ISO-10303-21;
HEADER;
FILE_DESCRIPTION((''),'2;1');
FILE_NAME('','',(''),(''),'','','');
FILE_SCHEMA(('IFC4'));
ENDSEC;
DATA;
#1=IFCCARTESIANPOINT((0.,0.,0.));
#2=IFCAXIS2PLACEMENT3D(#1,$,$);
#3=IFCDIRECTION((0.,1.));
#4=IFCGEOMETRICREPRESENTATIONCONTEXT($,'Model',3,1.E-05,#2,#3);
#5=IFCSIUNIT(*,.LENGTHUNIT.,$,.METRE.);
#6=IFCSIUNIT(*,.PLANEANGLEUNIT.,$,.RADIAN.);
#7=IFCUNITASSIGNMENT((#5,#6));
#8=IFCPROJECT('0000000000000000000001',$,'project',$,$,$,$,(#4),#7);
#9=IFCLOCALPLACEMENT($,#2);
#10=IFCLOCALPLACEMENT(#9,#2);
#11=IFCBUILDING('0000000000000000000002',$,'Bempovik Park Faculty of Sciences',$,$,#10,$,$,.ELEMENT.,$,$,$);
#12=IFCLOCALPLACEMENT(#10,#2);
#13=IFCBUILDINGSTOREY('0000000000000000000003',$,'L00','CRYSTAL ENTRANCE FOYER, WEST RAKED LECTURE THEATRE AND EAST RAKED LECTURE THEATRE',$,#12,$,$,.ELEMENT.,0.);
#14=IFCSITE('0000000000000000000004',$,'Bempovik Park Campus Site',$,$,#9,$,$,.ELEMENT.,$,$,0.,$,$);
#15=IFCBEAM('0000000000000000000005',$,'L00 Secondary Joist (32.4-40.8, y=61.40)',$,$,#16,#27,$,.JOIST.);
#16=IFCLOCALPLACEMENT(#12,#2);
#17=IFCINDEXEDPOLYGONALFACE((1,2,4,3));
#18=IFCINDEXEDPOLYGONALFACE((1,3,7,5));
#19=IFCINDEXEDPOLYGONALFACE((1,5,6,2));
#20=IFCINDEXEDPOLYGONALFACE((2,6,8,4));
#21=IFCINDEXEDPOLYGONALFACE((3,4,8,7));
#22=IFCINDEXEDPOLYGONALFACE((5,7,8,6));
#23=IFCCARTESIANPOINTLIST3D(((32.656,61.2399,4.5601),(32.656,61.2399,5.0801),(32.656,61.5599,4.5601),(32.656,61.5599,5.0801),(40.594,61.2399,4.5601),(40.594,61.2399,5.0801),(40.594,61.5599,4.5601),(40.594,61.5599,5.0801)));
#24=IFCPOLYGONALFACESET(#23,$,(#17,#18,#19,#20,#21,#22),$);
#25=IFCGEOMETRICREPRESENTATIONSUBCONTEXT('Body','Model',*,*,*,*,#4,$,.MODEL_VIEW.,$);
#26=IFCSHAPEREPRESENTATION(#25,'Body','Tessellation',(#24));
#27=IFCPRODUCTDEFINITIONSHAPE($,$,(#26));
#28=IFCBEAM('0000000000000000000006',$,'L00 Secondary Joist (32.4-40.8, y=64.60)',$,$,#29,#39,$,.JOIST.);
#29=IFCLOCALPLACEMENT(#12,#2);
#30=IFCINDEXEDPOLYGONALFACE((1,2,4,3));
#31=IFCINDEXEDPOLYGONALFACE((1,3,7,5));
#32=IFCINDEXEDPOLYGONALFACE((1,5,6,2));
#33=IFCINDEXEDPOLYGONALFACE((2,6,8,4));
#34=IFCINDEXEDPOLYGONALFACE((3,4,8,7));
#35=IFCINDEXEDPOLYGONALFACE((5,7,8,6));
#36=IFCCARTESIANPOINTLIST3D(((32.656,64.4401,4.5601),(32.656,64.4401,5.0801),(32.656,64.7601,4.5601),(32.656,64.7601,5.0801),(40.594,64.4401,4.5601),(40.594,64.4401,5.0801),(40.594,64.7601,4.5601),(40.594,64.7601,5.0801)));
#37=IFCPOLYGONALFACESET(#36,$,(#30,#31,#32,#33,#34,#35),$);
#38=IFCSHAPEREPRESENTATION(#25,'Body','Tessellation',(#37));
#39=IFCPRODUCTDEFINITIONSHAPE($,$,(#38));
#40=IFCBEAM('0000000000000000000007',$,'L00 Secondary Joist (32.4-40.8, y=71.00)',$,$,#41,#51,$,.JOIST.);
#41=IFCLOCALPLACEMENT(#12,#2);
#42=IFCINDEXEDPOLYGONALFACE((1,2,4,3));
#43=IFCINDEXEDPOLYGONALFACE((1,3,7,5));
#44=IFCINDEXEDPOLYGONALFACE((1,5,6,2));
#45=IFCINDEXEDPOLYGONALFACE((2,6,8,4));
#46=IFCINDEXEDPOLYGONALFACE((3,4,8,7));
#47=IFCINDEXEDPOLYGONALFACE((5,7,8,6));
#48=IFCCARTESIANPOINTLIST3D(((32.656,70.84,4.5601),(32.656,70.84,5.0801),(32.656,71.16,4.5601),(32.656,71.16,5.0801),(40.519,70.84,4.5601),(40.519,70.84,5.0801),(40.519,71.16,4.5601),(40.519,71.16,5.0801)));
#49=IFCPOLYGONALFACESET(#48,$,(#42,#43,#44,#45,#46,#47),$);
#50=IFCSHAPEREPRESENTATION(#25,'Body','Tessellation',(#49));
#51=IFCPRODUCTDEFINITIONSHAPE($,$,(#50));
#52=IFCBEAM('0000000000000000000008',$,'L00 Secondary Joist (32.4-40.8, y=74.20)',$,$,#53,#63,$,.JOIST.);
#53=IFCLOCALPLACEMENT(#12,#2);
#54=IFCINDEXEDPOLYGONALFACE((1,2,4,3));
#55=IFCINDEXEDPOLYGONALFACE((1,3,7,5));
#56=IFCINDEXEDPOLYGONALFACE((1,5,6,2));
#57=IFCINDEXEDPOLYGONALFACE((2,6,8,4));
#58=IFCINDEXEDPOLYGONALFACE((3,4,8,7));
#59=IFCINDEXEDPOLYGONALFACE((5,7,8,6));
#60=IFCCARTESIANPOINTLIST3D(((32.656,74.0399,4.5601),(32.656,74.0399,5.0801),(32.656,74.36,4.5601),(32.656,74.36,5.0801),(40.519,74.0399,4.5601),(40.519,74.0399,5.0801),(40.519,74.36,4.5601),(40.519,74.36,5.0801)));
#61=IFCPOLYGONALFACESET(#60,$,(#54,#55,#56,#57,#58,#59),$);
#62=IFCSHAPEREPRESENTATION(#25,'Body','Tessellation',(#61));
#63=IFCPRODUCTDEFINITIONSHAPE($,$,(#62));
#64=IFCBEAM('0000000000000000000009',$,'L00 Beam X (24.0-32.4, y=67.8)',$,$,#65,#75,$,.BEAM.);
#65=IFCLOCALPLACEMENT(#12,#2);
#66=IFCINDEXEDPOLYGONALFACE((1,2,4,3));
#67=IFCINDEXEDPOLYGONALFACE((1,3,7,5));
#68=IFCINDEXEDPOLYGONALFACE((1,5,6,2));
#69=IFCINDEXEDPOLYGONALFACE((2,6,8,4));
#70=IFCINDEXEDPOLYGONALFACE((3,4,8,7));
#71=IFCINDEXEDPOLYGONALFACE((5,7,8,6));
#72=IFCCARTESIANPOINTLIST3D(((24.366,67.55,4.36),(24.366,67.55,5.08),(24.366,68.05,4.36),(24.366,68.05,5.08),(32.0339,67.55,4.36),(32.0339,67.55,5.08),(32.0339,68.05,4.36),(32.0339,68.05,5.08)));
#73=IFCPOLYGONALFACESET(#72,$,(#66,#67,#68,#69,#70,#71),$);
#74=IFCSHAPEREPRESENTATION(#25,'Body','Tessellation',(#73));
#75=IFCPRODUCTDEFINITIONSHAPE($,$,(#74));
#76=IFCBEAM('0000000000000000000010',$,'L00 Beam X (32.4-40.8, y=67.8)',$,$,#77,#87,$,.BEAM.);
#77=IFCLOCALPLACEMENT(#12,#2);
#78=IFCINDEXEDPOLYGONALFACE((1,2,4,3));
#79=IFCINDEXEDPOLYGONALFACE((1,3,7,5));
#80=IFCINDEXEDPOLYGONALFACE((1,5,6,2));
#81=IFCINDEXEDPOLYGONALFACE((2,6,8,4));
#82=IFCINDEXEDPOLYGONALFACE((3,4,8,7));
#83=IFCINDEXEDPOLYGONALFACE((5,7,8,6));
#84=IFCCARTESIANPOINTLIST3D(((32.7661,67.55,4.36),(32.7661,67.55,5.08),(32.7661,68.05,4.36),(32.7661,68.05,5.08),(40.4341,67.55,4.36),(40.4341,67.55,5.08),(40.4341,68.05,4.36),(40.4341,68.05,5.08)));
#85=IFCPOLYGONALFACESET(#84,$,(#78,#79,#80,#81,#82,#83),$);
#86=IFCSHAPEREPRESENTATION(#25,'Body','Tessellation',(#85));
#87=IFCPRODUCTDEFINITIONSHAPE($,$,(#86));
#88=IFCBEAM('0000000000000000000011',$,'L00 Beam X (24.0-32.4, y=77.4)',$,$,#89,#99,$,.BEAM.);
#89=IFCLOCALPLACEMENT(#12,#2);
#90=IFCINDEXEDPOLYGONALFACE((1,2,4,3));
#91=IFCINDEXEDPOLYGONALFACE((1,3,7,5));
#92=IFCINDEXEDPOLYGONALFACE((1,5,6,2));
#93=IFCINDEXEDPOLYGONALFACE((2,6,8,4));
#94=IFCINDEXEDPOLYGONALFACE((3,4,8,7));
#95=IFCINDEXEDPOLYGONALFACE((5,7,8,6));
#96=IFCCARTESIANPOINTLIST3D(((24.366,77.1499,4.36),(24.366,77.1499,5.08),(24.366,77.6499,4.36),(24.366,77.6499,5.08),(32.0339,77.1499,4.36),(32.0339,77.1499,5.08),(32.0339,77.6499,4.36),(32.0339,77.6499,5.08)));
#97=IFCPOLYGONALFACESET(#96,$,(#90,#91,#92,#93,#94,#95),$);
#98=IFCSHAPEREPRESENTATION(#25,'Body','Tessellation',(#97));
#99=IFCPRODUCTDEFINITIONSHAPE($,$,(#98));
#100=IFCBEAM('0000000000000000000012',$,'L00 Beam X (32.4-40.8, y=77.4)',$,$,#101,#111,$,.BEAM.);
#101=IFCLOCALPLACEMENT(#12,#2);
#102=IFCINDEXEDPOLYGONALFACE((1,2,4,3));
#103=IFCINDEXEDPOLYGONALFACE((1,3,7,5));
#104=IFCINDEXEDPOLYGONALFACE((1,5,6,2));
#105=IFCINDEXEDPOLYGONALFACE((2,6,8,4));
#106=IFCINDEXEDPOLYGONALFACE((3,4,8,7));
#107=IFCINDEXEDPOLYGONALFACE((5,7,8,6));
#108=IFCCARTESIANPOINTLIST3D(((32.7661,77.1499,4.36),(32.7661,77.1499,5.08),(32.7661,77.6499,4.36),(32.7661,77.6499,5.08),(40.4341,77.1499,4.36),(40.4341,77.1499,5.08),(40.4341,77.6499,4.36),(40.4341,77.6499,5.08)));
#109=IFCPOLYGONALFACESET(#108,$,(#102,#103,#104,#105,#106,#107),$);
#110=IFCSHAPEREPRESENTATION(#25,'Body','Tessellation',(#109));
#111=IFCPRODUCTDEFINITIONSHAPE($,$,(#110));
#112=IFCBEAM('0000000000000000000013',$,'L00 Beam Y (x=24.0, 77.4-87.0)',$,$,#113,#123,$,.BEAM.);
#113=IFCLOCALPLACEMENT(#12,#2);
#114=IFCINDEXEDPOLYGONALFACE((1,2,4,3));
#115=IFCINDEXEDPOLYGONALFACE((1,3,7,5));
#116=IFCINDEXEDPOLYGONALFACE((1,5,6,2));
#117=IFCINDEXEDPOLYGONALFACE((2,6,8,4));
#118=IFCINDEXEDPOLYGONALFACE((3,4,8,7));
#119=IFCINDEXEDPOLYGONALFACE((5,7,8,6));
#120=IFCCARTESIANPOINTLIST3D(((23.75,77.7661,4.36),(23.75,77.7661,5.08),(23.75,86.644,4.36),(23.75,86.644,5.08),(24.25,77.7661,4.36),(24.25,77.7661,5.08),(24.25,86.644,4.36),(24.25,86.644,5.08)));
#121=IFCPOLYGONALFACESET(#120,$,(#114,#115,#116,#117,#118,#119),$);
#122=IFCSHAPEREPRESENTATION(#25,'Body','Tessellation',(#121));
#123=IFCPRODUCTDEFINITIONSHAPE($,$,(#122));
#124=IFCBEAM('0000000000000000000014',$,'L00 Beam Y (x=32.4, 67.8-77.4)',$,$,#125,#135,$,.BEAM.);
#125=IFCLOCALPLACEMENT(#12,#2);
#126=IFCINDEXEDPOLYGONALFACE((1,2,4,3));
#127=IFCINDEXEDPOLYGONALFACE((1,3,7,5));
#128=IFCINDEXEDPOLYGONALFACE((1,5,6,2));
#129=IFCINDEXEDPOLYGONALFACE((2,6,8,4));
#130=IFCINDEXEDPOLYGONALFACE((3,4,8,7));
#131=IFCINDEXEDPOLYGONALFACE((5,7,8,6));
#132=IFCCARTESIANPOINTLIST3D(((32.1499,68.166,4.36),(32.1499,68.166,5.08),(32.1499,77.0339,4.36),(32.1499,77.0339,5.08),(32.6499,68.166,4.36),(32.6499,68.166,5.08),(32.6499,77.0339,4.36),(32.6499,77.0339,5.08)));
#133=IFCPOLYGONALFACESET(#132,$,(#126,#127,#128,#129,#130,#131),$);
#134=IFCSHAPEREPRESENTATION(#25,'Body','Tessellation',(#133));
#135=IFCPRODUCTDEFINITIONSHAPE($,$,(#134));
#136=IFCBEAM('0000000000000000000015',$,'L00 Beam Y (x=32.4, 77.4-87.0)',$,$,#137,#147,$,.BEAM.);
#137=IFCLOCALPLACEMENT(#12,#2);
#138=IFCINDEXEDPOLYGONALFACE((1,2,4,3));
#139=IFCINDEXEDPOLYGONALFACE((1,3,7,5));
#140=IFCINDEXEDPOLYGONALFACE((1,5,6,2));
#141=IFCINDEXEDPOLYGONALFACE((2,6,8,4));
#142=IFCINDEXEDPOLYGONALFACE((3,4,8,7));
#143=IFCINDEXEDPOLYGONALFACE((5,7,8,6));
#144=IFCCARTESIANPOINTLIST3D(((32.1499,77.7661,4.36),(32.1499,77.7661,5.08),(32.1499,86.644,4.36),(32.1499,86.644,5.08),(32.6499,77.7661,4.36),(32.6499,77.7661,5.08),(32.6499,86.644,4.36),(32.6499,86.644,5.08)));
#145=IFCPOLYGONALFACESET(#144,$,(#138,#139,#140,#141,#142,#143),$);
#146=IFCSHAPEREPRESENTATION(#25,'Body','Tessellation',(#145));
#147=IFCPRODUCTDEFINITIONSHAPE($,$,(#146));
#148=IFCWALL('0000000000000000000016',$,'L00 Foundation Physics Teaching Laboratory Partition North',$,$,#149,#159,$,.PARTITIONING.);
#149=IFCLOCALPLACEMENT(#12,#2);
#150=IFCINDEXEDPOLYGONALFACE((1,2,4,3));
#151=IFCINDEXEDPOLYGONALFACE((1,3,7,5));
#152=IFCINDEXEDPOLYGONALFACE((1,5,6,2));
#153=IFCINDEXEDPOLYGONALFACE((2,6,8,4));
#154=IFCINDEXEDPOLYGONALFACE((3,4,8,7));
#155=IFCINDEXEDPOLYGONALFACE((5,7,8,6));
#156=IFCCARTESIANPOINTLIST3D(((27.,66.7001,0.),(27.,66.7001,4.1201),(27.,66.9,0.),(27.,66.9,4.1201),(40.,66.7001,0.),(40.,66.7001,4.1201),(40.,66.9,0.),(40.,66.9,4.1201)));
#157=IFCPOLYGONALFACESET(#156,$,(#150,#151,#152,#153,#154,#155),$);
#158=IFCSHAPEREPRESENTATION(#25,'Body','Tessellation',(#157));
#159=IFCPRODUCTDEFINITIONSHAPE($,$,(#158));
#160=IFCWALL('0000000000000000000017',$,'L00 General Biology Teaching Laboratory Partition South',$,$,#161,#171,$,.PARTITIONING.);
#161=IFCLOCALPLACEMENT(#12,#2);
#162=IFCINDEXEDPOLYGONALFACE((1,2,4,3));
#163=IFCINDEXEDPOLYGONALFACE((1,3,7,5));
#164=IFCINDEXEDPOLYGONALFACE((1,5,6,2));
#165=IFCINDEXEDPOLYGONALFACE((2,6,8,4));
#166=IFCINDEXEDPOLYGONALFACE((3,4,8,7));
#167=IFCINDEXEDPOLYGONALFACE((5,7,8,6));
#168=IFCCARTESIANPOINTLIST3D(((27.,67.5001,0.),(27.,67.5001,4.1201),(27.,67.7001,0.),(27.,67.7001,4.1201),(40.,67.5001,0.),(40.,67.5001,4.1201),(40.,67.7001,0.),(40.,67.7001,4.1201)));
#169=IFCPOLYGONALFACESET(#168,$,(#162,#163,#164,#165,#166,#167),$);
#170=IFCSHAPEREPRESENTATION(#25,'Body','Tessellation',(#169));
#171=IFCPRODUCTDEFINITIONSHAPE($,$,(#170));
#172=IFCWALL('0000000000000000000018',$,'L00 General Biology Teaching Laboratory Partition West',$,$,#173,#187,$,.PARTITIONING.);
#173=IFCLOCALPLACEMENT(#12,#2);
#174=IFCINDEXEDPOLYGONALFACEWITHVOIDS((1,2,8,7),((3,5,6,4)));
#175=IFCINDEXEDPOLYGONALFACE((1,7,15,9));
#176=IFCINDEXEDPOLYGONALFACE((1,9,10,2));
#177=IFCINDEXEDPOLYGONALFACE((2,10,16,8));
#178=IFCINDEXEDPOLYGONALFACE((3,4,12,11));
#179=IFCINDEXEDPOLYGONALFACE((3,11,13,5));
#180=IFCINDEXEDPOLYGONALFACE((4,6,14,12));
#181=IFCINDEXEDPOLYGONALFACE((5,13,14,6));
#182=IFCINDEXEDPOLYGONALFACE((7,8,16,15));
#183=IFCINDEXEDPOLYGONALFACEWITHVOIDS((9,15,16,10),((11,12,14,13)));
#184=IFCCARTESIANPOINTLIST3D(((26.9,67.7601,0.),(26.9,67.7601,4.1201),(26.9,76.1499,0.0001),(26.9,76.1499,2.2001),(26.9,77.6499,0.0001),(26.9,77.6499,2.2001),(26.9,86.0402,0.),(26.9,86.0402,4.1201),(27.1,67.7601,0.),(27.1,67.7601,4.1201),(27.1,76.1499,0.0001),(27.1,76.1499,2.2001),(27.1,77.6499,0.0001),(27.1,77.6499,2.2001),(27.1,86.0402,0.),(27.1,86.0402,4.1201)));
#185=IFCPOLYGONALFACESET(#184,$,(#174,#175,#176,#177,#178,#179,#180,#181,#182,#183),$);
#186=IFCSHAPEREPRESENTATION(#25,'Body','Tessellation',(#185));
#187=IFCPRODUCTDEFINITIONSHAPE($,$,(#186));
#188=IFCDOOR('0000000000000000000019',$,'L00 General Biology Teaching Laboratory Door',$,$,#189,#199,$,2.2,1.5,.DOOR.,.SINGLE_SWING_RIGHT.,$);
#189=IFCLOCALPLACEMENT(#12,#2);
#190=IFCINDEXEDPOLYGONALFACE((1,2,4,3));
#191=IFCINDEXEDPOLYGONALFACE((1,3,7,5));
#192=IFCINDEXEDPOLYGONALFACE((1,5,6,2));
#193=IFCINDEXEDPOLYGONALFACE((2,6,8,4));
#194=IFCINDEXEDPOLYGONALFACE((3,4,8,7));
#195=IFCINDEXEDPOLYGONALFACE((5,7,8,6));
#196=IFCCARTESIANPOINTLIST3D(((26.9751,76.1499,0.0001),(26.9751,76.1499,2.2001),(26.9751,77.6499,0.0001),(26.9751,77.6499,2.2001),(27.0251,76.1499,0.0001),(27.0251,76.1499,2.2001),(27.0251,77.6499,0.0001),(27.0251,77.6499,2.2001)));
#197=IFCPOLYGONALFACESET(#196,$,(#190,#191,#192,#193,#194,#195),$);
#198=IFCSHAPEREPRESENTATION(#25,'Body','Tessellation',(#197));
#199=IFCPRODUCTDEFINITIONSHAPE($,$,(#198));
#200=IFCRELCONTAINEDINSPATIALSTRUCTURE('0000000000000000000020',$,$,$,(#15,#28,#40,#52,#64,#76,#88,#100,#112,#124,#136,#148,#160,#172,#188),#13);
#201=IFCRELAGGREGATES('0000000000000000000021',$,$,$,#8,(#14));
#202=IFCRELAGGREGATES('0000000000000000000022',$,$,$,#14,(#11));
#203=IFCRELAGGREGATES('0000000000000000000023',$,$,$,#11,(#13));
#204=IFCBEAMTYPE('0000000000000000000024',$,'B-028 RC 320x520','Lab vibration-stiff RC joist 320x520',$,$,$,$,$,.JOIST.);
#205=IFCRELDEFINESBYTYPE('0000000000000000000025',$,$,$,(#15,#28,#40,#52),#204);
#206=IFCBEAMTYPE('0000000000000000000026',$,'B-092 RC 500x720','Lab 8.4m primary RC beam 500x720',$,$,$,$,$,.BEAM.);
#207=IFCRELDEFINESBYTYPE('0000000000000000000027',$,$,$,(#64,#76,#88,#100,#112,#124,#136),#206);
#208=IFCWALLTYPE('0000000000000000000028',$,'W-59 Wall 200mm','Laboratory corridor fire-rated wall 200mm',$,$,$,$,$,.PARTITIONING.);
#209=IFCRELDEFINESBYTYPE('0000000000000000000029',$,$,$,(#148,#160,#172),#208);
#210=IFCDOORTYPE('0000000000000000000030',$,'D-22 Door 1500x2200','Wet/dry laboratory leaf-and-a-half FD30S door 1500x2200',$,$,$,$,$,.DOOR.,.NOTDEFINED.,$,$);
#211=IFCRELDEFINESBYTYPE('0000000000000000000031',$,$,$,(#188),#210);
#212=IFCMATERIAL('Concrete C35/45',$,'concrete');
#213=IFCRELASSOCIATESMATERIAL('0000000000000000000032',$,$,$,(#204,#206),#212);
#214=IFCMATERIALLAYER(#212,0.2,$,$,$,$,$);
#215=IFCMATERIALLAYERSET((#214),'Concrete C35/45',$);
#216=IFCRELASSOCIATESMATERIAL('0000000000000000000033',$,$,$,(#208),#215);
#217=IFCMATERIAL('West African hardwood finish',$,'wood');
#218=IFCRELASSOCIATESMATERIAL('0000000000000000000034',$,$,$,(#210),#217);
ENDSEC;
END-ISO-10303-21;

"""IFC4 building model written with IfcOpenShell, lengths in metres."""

from ifc_helpers import new_model, si_unit, direction, frame, frame_2d, origin, origin_2d, place, context, subcontext, project, spatial, rectangle, extrude, material, layer, layer_set, material_profile, profile_set, type_object, element, fill, save


model = new_model("IFC4")

# Units and contexts
model_context = context("Model", 3, precision=1e-05, world=origin(), true_north=direction((0.0, 1.0)))
body_context = subcontext(model_context, "Body", "Model", "MODEL_VIEW")
ifc_project = project(units=[si_unit("LENGTHUNIT", "METRE"), si_unit("PLANEANGLEUNIT", "RADIAN")], contexts=[model_context])

# Site, building, storey
site_placement = place(None, origin())
site = spatial("IfcSite", under=ifc_project, at=site_placement, Name="Bempovik Park Campus Site", CompositionType="ELEMENT", RefElevation=0.0)
building_placement = place(site_placement, origin())
building = spatial("IfcBuilding", under=site, at=building_placement, Name="Bempovik Park Faculty of Sciences", CompositionType="ELEMENT")
storey_placement = place(building_placement, origin())
storey = spatial("IfcBuildingStorey", under=building, at=storey_placement, Name="L00", Description="CRYSTAL ENTRANCE FOYER, WEST RAKED LECTURE THEATRE AND EAST RAKED LECTURE THEATRE", CompositionType="ELEMENT", Elevation=0.0)

# Shared definitions
ifc_material_1 = material(Name="Concrete C35/45", Category="concrete")

# Beams
ifc_material_profile_1 = material_profile(ifc_material_1, rectangle(XDim=0.3201, YDim=0.52, at=origin_2d()), Name="RC 320x520")
ifc_profile_set_1 = profile_set([ifc_material_profile_1], Name="Concrete C35/45")
beam_type_1 = type_object("IfcBeamType", Name="B-028 RC 320x520", Description="Lab vibration-stiff RC joist 320x520", PredefinedType="JOIST", material=ifc_profile_set_1)
for number, where, z_axis, x_axis, name in (
    (1, (32.656, 61.3999, 4.8201), (1.0, 0.0, 0.0), (0.0, 1.0, 0.0), "L00 Secondary Joist (32.4-40.8, y=61.40)"),
    (2, (32.656, 64.6001, 4.8201), (1.0, 0.0, 0.0), (0.0, 1.0, 0.0), "L00 Secondary Joist (32.4-40.8, y=64.60)"),
):
    element("IfcBeam", number, at=place(storey_placement, frame(where, z_axis=z_axis, x_axis=x_axis)), inside=storey, type_object=beam_type_1, Name=name, PredefinedType="JOIST", context=body_context, shape_type="SweptSolid", body=[
        extrude(rectangle(XDim=0.3201, YDim=0.52, at=origin_2d()), origin(), (0.0, 0.0, 1.0), 7.938),
    ])
for number, where, z_axis, x_axis, name in (
    (3, (32.656, 71.0, 4.8201), (1.0, 0.0, 0.0), (0.0, 1.0, 0.0), "L00 Secondary Joist (32.4-40.8, y=71.00)"),
    (4, (32.656, 74.2, 4.8201), (1.0, 0.0, 0.0), (0.0, 1.0, 0.0), "L00 Secondary Joist (32.4-40.8, y=74.20)"),
):
    element("IfcBeam", number, at=place(storey_placement, frame(where, z_axis=z_axis, x_axis=x_axis)), inside=storey, type_object=beam_type_1, Name=name, PredefinedType="JOIST", context=body_context, shape_type="SweptSolid", body=[
        extrude(rectangle(XDim=0.3201, YDim=0.52, at=origin_2d()), origin(), (0.0, 0.0, 1.0), 7.863),
    ])
ifc_material_profile_2 = material_profile(ifc_material_1, rectangle(XDim=0.5, YDim=0.72, at=origin_2d()), Name="RC 500x720")
ifc_profile_set_2 = profile_set([ifc_material_profile_2], Name="Concrete C35/45")
beam_type_2 = type_object("IfcBeamType", Name="B-092 RC 500x720", Description="Lab 8.4m primary RC beam 500x720", PredefinedType="BEAM", material=ifc_profile_set_2)
for number, where, z_axis, x_axis, name in (
    (5, (24.366, 67.8, 4.72), (1.0, 0.0, 0.0), (0.0, 1.0, 0.0), "L00 Beam X (24.0-32.4, y=67.8)"),
    (6, (32.7661, 67.8, 4.72), (1.0, 0.0, 0.0), (0.0, 1.0, 0.0), "L00 Beam X (32.4-40.8, y=67.8)"),
    (7, (24.366, 77.3999, 4.72), (1.0, 0.0, 0.0), (0.0, 1.0, 0.0), "L00 Beam X (24.0-32.4, y=77.4)"),
    (8, (32.7661, 77.3999, 4.72), (1.0, 0.0, 0.0), (0.0, 1.0, 0.0), "L00 Beam X (32.4-40.8, y=77.4)"),
):
    element("IfcBeam", number, at=place(storey_placement, frame(where, z_axis=z_axis, x_axis=x_axis)), inside=storey, type_object=beam_type_2, Name=name, PredefinedType="BEAM", context=body_context, shape_type="SweptSolid", body=[
        extrude(rectangle(XDim=0.5, YDim=0.72, at=origin_2d()), origin(), (0.0, 0.0, 1.0), 7.668),
    ])
beam_1_placement = place(storey_placement, frame((24.0, 77.7661, 4.72), z_axis=(0.0, 1.0, 0.0), x_axis=(-1.0, 0.0, 0.0)))
element("IfcBeam", 9, at=beam_1_placement, inside=storey, type_object=beam_type_2, Name="L00 Beam Y (x=24.0, 77.4-87.0)", PredefinedType="BEAM", context=body_context, shape_type="SweptSolid", body=[
    extrude(rectangle(XDim=0.5, YDim=0.72, at=origin_2d()), origin(), (0.0, 0.0, 1.0), 8.8779),
])
beam_2_placement = place(storey_placement, frame((32.3999, 68.166, 4.72), z_axis=(0.0, 1.0, 0.0), x_axis=(-1.0, 0.0, 0.0)))
element("IfcBeam", 10, at=beam_2_placement, inside=storey, type_object=beam_type_2, Name="L00 Beam Y (x=32.4, 67.8-77.4)", PredefinedType="BEAM", context=body_context, shape_type="SweptSolid", body=[
    extrude(rectangle(XDim=0.5, YDim=0.72, at=origin_2d()), origin(), (0.0, 0.0, 1.0), 8.8679),
])
beam_3_placement = place(storey_placement, frame((32.3999, 77.7661, 4.72), z_axis=(0.0, 1.0, 0.0), x_axis=(-1.0, 0.0, 0.0)))
element("IfcBeam", 11, at=beam_3_placement, inside=storey, type_object=beam_type_2, Name="L00 Beam Y (x=32.4, 77.4-87.0)", PredefinedType="BEAM", context=body_context, shape_type="SweptSolid", body=[
    extrude(rectangle(XDim=0.5, YDim=0.72, at=origin_2d()), origin(), (0.0, 0.0, 1.0), 8.8779),
])

# Walls
ifc_layer = layer(ifc_material_1, 0.2)
ifc_layer_set = layer_set([ifc_layer], Name="Concrete C35/45")
wall_type = type_object("IfcWallType", Name="W-59 Wall 200mm", Description="Laboratory corridor fire-rated wall 200mm", PredefinedType="PARTITIONING", material=ifc_layer_set)
for number, where, z_axis, x_axis, name in (
    (12, (27.0, 66.8, 0.0), (0.0, 0.0, 1.0), (1.0, 0.0, 0.0), "L00 Foundation Physics Teaching Laboratory Partition North"),
    (13, (27.0, 67.6001, 0.0), (0.0, 0.0, 1.0), (1.0, 0.0, 0.0), "L00 General Biology Teaching Laboratory Partition South"),
):
    element("IfcWall", number, at=place(storey_placement, frame(where, z_axis=z_axis, x_axis=x_axis)), inside=storey, type_object=wall_type, Name=name, PredefinedType="PARTITIONING", context=body_context, shape_type="SweptSolid", body=[
        extrude(rectangle(XDim=13.0, YDim=0.2, at=frame_2d((6.5, 0.0))), origin(), (0.0, 0.0, 1.0), 4.1201),
    ])

# Wall, opening, door
wall_placement = place(storey_placement, frame((27.0, 67.76, 0.0), z_axis=(0.0, 0.0, 1.0), x_axis=(0.0, 1.0, 0.0)))
wall = element("IfcWall", 14, at=wall_placement, inside=storey, type_object=wall_type, Name="L00 General Biology Teaching Laboratory Partition West", PredefinedType="PARTITIONING", context=body_context, shape_type="SweptSolid", body=[
    extrude(rectangle(XDim=18.28, YDim=0.2, at=frame_2d((9.1401, 0.0))), origin(), (0.0, 0.0, 1.0), 4.1201),
])
opening_placement = place(wall_placement, frame((8.3899, 0.0, 0.0)))
opening = element("IfcOpeningElement", 15, at=opening_placement, cuts=wall, PredefinedType="OPENING", context=body_context, shape_type="SweptSolid", body=[
    extrude(rectangle(XDim=1.5, YDim=2.2, at=frame_2d((0.75, 1.1001))), frame((0.0, 0.1099, 0.0), z_axis=(0.0, -1.0, 0.0), x_axis=(1.0, 0.0, 0.0)), (0.0, 0.0, 1.0), 0.22),
])
ifc_material_2 = material(Name="West African hardwood finish", Category="wood")
door_type = type_object("IfcDoorType", Name="D-22 Door 1500x2200", Description="Wet/dry laboratory leaf-and-a-half FD30S door 1500x2200", OperationType="NOTDEFINED", PredefinedType="DOOR", material=ifc_material_2)
door_placement = place(opening_placement, origin())
door = element("IfcDoor", 16, at=door_placement, inside=storey, type_object=door_type, Name="L00 General Biology Teaching Laboratory Door", OperationType="SINGLE_SWING_RIGHT", OverallHeight=2.2, OverallWidth=1.5, PredefinedType="DOOR", context=body_context, shape_type="SweptSolid", body=[
    extrude(rectangle(XDim=1.5, YDim=2.2, at=frame_2d((0.75, 1.1001))), frame((0.0, 0.0249, 0.0), z_axis=(0.0, -1.0, 0.0), x_axis=(1.0, 0.0, 0.0)), (0.0, 0.0, 1.0), 0.05),
])
fill(opening, door)

save(model, "model.ifc")
